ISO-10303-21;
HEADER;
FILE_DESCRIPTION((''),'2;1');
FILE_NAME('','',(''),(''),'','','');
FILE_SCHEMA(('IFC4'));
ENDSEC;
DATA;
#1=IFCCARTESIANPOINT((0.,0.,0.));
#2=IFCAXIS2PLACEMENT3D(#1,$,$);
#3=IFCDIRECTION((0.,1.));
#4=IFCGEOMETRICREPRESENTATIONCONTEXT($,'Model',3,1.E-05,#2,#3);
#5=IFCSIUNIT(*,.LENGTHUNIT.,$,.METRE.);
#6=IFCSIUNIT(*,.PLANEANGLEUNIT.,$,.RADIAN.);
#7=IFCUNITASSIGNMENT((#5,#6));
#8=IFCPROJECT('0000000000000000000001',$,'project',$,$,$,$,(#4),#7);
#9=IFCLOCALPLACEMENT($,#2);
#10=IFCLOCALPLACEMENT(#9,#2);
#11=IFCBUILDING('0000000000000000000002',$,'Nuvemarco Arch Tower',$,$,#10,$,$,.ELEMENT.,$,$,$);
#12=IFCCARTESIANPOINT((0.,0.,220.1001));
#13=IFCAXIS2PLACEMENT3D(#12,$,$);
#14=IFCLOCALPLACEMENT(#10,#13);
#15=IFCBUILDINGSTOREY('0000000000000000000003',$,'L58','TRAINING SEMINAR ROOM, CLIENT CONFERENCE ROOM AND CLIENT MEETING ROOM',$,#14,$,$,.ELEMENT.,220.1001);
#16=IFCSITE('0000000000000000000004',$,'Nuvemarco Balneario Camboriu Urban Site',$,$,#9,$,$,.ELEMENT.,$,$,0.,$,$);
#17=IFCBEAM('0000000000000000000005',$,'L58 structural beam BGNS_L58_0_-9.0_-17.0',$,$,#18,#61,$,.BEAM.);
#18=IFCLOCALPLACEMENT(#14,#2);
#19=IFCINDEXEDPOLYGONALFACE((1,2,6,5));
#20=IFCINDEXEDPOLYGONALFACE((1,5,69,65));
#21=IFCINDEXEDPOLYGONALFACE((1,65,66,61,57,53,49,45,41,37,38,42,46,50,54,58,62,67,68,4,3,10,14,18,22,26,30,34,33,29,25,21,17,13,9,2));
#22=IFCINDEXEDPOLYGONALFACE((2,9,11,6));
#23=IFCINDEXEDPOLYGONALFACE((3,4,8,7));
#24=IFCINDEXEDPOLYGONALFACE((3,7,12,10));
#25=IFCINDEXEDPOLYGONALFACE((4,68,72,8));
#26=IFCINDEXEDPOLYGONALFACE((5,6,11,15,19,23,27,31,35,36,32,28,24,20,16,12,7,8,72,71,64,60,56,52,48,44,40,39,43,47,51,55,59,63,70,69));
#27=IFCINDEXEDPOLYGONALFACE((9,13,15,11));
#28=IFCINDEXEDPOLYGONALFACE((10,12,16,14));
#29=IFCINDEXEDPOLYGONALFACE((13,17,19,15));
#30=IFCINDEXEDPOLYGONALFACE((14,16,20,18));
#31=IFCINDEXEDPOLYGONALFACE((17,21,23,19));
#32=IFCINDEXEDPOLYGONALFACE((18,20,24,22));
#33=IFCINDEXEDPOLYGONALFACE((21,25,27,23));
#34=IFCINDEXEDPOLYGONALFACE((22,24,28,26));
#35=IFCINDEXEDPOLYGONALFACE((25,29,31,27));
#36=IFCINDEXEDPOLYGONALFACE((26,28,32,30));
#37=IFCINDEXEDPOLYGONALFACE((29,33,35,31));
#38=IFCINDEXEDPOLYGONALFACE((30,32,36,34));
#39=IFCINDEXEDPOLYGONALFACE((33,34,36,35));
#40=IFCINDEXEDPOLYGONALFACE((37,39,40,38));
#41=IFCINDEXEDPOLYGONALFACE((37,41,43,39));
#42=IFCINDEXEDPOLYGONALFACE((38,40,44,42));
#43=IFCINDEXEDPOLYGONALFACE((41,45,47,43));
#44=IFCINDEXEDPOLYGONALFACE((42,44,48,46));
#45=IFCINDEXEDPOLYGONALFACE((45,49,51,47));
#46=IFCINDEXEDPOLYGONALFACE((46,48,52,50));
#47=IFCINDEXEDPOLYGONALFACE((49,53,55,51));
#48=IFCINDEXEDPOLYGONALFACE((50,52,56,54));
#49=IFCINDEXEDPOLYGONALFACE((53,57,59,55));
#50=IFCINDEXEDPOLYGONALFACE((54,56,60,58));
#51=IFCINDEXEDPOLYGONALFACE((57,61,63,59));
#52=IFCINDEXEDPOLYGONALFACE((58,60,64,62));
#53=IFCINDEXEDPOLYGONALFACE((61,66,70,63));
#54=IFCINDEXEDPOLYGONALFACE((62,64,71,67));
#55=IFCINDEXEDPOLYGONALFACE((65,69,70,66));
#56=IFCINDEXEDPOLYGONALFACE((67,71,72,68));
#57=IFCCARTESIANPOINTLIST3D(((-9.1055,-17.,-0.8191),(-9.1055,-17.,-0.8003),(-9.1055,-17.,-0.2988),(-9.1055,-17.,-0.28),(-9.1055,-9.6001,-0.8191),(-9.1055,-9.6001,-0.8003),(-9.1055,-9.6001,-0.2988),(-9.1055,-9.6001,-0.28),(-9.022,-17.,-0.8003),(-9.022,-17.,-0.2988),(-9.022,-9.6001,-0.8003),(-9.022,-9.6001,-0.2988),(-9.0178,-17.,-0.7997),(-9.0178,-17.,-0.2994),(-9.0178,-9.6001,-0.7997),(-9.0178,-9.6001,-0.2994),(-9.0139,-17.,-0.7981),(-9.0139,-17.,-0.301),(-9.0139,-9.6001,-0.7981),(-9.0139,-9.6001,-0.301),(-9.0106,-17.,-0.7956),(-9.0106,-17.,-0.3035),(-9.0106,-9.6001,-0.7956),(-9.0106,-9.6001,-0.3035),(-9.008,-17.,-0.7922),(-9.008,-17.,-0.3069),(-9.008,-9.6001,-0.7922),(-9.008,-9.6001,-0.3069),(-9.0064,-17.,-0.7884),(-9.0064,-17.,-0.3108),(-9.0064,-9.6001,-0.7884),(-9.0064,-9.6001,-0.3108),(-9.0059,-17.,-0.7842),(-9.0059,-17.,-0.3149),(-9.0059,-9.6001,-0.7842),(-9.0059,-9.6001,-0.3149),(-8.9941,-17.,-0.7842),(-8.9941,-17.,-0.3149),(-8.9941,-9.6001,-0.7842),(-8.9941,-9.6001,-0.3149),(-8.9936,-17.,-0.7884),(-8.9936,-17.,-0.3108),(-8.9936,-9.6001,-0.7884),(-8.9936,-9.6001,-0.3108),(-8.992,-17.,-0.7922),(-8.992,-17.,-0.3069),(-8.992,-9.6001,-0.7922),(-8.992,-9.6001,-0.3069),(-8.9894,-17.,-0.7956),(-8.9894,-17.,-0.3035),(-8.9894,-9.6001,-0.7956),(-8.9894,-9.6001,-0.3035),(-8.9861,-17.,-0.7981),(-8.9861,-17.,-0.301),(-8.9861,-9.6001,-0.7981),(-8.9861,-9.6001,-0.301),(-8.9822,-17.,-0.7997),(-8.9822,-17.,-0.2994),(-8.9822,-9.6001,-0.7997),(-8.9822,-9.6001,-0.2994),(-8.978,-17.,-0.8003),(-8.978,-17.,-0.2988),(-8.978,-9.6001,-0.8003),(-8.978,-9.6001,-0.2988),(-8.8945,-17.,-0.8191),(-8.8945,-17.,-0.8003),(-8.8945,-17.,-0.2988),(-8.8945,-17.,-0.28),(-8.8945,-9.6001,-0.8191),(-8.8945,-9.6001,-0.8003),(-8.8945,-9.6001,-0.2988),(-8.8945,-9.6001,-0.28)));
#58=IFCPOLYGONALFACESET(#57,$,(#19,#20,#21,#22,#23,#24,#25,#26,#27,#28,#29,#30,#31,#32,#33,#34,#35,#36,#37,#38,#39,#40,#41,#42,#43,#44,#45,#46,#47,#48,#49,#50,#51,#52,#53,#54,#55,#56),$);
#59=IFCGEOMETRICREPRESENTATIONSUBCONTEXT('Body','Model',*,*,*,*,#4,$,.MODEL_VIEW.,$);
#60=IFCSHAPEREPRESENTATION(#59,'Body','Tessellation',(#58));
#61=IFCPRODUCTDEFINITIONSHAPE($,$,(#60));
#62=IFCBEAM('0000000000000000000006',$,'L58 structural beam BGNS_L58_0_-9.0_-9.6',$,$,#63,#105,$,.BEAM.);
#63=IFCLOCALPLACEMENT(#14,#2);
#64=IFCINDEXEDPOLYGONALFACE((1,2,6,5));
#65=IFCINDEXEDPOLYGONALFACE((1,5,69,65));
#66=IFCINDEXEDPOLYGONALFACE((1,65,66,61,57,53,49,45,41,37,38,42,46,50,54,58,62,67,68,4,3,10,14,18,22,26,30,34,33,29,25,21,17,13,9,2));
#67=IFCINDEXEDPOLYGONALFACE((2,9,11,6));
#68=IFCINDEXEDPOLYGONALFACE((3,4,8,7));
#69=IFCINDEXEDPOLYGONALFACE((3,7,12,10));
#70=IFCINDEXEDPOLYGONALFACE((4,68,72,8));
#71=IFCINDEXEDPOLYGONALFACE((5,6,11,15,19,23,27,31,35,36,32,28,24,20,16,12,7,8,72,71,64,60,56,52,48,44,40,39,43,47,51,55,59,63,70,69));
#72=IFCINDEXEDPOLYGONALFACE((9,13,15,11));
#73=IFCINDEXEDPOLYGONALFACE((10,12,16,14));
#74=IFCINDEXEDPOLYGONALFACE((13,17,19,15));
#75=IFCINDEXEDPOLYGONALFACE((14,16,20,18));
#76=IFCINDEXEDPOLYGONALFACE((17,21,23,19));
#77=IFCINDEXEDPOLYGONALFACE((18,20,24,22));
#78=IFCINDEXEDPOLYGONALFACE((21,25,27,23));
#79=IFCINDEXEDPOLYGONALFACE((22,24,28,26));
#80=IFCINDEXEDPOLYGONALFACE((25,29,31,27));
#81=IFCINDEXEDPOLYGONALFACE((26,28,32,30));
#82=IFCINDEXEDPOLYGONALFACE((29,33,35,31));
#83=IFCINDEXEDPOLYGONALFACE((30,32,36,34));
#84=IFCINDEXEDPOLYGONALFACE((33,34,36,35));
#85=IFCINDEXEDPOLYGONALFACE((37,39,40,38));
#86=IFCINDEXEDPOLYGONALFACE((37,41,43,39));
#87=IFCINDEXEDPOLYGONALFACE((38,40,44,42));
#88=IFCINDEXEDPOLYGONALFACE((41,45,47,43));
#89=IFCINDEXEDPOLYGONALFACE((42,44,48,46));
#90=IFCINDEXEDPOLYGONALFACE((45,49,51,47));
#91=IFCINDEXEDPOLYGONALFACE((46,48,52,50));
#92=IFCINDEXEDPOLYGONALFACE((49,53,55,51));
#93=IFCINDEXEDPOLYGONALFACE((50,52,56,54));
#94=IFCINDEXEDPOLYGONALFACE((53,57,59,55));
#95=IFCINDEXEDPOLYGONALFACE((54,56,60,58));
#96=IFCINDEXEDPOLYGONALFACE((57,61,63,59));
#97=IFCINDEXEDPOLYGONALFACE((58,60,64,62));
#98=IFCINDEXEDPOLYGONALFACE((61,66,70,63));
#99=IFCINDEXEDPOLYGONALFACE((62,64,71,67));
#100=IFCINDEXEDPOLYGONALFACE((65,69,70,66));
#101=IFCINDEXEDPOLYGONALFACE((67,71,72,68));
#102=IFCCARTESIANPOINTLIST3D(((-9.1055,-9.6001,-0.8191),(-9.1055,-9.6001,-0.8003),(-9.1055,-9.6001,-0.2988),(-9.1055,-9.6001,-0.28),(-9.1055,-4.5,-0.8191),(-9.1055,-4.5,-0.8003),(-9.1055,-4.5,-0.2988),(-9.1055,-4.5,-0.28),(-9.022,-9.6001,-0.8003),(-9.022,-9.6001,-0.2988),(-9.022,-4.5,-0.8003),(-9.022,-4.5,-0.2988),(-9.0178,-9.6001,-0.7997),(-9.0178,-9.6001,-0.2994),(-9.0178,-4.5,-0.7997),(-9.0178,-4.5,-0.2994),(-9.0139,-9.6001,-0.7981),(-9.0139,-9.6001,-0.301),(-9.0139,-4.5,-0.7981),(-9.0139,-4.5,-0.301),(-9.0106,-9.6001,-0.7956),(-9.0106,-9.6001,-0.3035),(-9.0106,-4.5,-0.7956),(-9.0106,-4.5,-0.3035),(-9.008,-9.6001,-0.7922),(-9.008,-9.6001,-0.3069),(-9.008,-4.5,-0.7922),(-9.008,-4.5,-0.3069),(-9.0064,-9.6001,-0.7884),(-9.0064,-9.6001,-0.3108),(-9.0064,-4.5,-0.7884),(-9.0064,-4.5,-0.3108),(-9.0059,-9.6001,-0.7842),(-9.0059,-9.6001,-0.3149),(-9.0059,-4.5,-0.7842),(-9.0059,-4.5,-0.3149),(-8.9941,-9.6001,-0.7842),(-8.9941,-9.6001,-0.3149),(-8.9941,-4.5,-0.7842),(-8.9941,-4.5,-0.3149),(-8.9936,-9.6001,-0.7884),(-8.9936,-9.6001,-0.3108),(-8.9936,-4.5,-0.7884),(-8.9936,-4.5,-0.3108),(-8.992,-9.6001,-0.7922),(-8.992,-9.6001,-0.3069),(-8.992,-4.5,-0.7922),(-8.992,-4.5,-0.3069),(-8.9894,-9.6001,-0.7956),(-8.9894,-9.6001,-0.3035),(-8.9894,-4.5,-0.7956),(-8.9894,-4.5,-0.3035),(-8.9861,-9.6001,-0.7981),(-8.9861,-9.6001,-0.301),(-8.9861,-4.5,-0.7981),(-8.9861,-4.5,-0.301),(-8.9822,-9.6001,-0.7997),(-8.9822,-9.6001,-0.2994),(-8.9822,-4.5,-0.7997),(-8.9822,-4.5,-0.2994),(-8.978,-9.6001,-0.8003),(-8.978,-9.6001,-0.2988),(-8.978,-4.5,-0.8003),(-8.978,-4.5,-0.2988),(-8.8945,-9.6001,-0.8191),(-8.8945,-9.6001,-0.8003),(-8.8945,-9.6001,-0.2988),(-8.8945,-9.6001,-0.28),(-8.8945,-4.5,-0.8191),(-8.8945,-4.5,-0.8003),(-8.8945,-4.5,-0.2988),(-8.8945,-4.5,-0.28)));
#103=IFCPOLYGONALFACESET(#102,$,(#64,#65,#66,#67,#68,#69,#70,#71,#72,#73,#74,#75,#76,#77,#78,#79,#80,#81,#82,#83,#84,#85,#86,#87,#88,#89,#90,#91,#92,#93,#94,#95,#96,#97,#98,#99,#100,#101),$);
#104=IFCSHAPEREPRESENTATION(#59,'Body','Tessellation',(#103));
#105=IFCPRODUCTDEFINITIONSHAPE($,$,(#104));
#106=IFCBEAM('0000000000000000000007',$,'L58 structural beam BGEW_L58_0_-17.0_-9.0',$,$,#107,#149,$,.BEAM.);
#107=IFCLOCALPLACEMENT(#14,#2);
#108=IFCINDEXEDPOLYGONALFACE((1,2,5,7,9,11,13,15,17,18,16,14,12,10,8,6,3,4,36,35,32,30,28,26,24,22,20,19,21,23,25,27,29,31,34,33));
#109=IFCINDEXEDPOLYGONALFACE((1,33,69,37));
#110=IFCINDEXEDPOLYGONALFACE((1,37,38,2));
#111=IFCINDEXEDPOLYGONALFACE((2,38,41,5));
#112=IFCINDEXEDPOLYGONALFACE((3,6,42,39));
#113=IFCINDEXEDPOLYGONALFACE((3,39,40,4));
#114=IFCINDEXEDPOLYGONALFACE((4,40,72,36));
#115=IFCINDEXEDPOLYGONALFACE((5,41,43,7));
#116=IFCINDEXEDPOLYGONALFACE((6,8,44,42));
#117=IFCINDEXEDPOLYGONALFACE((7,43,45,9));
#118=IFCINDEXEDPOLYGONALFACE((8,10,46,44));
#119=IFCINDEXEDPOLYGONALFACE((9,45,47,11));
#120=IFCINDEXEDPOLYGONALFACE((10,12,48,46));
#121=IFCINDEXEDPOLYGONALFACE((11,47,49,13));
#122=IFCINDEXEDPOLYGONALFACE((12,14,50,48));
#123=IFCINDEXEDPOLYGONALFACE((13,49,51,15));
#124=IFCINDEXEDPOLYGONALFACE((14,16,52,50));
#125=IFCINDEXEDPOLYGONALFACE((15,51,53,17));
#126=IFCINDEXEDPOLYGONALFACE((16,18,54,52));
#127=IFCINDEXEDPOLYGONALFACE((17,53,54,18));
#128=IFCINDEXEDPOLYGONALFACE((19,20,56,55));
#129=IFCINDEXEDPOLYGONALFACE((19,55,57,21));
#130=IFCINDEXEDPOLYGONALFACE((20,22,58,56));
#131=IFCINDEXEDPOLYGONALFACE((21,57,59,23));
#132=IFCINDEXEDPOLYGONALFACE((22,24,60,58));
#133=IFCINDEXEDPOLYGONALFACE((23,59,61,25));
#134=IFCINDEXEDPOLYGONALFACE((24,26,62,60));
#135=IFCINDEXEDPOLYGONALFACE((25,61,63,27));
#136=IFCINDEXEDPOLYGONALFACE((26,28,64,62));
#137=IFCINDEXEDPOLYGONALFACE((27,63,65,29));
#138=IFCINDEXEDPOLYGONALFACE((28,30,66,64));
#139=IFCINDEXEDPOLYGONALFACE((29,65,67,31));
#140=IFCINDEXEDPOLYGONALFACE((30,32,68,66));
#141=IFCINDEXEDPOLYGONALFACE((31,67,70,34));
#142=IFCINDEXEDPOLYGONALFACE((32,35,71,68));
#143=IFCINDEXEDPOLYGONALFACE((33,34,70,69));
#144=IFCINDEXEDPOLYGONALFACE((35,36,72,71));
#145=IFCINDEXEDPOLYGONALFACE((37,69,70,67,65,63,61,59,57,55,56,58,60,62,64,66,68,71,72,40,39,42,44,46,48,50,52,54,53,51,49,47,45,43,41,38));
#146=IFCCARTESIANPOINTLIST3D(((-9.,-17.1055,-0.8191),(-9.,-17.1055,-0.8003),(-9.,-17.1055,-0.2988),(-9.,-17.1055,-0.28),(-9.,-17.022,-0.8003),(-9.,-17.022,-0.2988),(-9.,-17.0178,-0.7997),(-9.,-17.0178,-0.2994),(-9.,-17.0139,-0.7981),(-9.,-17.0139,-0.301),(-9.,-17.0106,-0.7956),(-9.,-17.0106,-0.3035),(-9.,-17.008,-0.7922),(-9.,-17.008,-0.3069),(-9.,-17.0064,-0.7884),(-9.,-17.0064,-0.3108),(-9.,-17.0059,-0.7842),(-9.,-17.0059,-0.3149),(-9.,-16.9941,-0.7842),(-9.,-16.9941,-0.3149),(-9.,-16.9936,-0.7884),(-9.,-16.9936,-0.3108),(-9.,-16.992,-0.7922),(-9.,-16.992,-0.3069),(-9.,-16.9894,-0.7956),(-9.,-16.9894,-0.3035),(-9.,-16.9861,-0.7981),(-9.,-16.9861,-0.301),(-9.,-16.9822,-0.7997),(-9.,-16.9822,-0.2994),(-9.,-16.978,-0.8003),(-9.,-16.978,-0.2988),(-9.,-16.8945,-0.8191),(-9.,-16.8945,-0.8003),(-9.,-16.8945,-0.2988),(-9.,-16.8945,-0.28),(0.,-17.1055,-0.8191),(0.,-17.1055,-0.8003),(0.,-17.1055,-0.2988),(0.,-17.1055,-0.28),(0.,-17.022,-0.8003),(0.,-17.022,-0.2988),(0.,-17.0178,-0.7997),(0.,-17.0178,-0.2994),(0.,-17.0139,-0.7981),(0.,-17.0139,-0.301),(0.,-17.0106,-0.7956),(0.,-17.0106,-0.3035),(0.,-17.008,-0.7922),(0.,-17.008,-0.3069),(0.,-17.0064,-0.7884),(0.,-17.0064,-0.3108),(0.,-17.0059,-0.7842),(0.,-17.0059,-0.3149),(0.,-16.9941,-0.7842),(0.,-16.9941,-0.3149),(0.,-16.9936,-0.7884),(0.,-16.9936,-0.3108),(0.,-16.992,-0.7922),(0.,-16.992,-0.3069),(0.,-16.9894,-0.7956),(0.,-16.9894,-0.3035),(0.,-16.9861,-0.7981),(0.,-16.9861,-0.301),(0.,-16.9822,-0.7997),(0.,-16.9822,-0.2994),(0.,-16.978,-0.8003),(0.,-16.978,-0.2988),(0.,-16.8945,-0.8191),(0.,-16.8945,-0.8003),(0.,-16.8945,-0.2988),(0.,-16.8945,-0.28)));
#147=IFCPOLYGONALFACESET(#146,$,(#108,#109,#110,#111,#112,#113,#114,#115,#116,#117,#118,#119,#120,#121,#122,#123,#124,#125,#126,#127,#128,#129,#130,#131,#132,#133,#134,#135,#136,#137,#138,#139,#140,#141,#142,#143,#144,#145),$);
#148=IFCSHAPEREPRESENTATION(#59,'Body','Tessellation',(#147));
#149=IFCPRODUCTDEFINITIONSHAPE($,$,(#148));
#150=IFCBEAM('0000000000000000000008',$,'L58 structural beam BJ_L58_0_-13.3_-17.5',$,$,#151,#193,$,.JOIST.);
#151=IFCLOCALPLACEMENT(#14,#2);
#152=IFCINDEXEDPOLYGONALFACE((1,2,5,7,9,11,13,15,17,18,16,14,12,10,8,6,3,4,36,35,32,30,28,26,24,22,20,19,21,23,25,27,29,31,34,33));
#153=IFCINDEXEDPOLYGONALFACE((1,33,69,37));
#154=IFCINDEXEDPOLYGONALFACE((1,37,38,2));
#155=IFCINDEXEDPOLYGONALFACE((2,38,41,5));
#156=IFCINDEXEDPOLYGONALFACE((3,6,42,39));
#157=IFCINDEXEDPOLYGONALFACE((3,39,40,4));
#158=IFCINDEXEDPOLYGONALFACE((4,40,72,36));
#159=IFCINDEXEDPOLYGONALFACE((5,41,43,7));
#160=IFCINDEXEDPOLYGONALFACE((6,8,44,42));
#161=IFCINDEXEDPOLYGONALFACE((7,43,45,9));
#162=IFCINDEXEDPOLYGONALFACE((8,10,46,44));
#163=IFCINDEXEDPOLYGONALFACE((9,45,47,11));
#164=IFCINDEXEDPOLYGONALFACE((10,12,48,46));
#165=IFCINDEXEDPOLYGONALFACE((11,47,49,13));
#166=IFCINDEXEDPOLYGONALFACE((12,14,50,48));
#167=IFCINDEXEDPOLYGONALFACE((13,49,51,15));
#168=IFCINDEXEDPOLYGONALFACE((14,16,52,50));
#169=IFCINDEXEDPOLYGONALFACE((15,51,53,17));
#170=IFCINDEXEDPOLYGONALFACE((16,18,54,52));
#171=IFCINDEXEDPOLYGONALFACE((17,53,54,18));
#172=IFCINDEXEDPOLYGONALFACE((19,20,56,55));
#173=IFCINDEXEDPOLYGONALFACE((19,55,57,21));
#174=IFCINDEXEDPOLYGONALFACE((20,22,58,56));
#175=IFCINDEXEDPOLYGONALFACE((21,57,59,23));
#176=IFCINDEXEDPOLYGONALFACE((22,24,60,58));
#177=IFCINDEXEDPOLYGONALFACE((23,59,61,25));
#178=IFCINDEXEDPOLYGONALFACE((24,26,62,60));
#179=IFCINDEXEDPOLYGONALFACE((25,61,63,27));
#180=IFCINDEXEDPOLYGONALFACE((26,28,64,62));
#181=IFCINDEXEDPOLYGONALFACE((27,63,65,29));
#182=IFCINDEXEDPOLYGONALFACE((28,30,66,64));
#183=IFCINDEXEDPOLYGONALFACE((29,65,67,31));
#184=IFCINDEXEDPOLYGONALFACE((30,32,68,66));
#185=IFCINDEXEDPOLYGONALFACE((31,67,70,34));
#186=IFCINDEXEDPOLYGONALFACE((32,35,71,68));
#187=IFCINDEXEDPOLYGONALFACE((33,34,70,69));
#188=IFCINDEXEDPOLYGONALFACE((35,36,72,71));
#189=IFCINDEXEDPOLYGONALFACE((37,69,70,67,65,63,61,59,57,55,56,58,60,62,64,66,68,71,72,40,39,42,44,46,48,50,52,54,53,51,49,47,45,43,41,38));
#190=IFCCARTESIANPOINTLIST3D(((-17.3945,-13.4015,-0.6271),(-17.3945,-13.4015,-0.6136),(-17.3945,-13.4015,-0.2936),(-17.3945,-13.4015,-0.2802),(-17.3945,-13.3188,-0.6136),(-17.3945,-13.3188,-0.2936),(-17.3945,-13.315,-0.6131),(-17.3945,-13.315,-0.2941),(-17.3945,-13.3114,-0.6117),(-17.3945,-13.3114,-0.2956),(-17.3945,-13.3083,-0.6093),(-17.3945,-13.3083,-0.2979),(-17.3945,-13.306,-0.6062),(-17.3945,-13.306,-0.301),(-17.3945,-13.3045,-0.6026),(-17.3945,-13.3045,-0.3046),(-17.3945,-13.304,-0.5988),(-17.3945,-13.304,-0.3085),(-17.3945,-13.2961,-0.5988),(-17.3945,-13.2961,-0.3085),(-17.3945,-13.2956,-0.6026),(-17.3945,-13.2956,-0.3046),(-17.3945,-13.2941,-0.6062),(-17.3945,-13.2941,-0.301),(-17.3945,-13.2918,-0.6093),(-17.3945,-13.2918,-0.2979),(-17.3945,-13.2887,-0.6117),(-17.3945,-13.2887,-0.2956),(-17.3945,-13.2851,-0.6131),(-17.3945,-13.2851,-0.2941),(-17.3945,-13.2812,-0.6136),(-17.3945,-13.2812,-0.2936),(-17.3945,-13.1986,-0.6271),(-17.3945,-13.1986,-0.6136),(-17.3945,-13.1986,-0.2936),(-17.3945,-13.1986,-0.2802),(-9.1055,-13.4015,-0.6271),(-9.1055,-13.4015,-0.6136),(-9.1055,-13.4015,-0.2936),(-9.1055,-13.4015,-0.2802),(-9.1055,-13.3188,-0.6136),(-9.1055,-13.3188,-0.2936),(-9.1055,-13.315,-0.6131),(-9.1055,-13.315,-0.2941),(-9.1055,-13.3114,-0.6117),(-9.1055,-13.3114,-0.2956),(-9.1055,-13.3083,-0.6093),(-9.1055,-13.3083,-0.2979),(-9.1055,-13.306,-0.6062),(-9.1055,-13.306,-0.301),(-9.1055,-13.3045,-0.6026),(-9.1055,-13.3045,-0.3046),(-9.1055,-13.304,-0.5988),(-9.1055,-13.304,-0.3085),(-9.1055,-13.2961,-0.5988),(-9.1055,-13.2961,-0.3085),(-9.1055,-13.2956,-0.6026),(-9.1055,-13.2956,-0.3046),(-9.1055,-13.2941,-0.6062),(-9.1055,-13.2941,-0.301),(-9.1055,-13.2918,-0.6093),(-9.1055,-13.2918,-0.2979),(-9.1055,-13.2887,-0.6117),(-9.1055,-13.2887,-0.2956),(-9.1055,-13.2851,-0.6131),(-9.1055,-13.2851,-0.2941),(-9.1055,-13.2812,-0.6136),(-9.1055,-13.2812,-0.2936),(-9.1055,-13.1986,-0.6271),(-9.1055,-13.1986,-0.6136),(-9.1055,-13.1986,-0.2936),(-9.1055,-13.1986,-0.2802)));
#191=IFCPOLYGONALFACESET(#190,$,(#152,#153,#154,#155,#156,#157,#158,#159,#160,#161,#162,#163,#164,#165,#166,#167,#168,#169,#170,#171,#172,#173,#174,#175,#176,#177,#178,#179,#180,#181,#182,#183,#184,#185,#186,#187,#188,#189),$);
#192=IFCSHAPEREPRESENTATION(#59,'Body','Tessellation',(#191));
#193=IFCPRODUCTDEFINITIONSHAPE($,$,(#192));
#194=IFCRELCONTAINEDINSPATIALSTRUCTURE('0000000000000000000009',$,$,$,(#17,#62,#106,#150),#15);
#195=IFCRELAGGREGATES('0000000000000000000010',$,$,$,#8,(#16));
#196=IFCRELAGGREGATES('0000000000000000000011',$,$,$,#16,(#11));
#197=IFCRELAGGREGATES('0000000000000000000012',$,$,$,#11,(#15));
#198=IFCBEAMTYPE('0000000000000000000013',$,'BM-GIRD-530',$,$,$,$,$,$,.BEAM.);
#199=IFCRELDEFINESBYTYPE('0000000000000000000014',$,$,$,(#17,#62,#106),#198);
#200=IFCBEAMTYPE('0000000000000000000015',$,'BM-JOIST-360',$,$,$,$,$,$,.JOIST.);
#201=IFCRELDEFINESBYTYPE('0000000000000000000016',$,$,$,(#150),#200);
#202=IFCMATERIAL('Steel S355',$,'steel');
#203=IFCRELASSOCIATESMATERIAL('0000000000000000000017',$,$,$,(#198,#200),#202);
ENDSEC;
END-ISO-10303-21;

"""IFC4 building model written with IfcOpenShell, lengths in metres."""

from ifc_helpers import new_model, si_unit, direction, frame, origin, origin_2d, place, context, subcontext, project, spatial, i_section, extrude, material, material_profile, profile_set, type_object, element, save


model = new_model("IFC4")

# Units and contexts
model_context = context("Model", 3, precision=1e-05, world=origin(), true_north=direction((0.0, 1.0)))
body_context = subcontext(model_context, "Body", "Model", "MODEL_VIEW")
ifc_project = project(units=[si_unit("LENGTHUNIT", "METRE"), si_unit("PLANEANGLEUNIT", "RADIAN")], contexts=[model_context])

# Site, building, storey
site_placement = place(None, origin())
site = spatial("IfcSite", under=ifc_project, at=site_placement, Name="Nuvemarco Balneario Camboriu Urban Site", CompositionType="ELEMENT", RefElevation=0.0)
building_placement = place(site_placement, origin())
building = spatial("IfcBuilding", under=site, at=building_placement, Name="Nuvemarco Arch Tower", CompositionType="ELEMENT")
storey_placement = place(building_placement, frame((0.0, 0.0, 220.1001)))
storey = spatial("IfcBuildingStorey", under=building, at=storey_placement, Name="L58", Description="TRAINING SEMINAR ROOM, CLIENT CONFERENCE ROOM AND CLIENT MEETING ROOM", CompositionType="ELEMENT", Elevation=220.1001)

# Shared definitions
ifc_material_1 = material(Name="Steel S355", Category="steel")

# Beams
ifc_material_profile_1 = material_profile(ifc_material_1, i_section(OverallWidth=0.2109, OverallDepth=0.5391, WebThickness=0.0117, FlangeThickness=0.0188, FilletRadius=0.0161, at=origin_2d()), Name="W530x109")
ifc_profile_set_1 = profile_set([ifc_material_profile_1], Name="Steel S355")
beam_type_1 = type_object("IfcBeamType", Name="BM-GIRD-530", PredefinedType="BEAM", material=ifc_profile_set_1)
beam_1_placement = place(storey_placement, frame((-9.0, -17.0, -0.5496), z_axis=(0.0, 1.0, 0.0), x_axis=(-1.0, 0.0, 0.0)))
element("IfcBeam", 1, at=beam_1_placement, inside=storey, type_object=beam_type_1, Name="L58 structural beam BGNS_L58_0_-9.0_-17.0", PredefinedType="BEAM", context=body_context, shape_type="SweptSolid", body=[
    extrude(i_section(OverallWidth=0.2109, OverallDepth=0.5391, WebThickness=0.0117, FlangeThickness=0.0188, FilletRadius=0.0161, at=origin_2d()), origin(), (0.0, 0.0, 1.0), 7.3999),
])
beam_2_placement = place(storey_placement, frame((-9.0, -9.6001, -0.5496), z_axis=(0.0, 1.0, 0.0), x_axis=(-1.0, 0.0, 0.0)))
element("IfcBeam", 2, at=beam_2_placement, inside=storey, type_object=beam_type_1, Name="L58 structural beam BGNS_L58_0_-9.0_-9.6", PredefinedType="BEAM", context=body_context, shape_type="SweptSolid", body=[
    extrude(i_section(OverallWidth=0.2109, OverallDepth=0.5391, WebThickness=0.0117, FlangeThickness=0.0188, FilletRadius=0.0161, at=origin_2d()), origin(), (0.0, 0.0, 1.0), 5.1001),
])
beam_3_placement = place(storey_placement, frame((-9.0, -17.0, -0.5496), z_axis=(1.0, 0.0, 0.0), x_axis=(0.0, 1.0, 0.0)))
element("IfcBeam", 3, at=beam_3_placement, inside=storey, type_object=beam_type_1, Name="L58 structural beam BGEW_L58_0_-17.0_-9.0", PredefinedType="BEAM", context=body_context, shape_type="SweptSolid", body=[
    extrude(i_section(OverallWidth=0.2109, OverallDepth=0.5391, WebThickness=0.0117, FlangeThickness=0.0188, FilletRadius=0.0161, at=origin_2d()), origin(), (0.0, 0.0, 1.0), 9.0),
])
ifc_material_profile_2 = material_profile(ifc_material_1, i_section(OverallWidth=0.2029, OverallDepth=0.3469, WebThickness=0.0078, FlangeThickness=0.0134, FilletRadius=0.0149, at=origin_2d()), Name="W360x64")
ifc_profile_set_2 = profile_set([ifc_material_profile_2], Name="Steel S355")
beam_type_2 = type_object("IfcBeamType", Name="BM-JOIST-360", PredefinedType="JOIST", material=ifc_profile_set_2)
beam_4_placement = place(storey_placement, frame((-17.3945, -13.3, -0.4536), z_axis=(1.0, 0.0, 0.0), x_axis=(0.0, 1.0, 0.0)))
element("IfcBeam", 4, at=beam_4_placement, inside=storey, type_object=beam_type_2, Name="L58 structural beam BJ_L58_0_-13.3_-17.5", PredefinedType="JOIST", context=body_context, shape_type="SweptSolid", body=[
    extrude(i_section(OverallWidth=0.2029, OverallDepth=0.3469, WebThickness=0.0078, FlangeThickness=0.0134, FilletRadius=0.0149, at=origin_2d()), origin(), (0.0, 0.0, 1.0), 8.2891),
])

save(model, "model.ifc")
